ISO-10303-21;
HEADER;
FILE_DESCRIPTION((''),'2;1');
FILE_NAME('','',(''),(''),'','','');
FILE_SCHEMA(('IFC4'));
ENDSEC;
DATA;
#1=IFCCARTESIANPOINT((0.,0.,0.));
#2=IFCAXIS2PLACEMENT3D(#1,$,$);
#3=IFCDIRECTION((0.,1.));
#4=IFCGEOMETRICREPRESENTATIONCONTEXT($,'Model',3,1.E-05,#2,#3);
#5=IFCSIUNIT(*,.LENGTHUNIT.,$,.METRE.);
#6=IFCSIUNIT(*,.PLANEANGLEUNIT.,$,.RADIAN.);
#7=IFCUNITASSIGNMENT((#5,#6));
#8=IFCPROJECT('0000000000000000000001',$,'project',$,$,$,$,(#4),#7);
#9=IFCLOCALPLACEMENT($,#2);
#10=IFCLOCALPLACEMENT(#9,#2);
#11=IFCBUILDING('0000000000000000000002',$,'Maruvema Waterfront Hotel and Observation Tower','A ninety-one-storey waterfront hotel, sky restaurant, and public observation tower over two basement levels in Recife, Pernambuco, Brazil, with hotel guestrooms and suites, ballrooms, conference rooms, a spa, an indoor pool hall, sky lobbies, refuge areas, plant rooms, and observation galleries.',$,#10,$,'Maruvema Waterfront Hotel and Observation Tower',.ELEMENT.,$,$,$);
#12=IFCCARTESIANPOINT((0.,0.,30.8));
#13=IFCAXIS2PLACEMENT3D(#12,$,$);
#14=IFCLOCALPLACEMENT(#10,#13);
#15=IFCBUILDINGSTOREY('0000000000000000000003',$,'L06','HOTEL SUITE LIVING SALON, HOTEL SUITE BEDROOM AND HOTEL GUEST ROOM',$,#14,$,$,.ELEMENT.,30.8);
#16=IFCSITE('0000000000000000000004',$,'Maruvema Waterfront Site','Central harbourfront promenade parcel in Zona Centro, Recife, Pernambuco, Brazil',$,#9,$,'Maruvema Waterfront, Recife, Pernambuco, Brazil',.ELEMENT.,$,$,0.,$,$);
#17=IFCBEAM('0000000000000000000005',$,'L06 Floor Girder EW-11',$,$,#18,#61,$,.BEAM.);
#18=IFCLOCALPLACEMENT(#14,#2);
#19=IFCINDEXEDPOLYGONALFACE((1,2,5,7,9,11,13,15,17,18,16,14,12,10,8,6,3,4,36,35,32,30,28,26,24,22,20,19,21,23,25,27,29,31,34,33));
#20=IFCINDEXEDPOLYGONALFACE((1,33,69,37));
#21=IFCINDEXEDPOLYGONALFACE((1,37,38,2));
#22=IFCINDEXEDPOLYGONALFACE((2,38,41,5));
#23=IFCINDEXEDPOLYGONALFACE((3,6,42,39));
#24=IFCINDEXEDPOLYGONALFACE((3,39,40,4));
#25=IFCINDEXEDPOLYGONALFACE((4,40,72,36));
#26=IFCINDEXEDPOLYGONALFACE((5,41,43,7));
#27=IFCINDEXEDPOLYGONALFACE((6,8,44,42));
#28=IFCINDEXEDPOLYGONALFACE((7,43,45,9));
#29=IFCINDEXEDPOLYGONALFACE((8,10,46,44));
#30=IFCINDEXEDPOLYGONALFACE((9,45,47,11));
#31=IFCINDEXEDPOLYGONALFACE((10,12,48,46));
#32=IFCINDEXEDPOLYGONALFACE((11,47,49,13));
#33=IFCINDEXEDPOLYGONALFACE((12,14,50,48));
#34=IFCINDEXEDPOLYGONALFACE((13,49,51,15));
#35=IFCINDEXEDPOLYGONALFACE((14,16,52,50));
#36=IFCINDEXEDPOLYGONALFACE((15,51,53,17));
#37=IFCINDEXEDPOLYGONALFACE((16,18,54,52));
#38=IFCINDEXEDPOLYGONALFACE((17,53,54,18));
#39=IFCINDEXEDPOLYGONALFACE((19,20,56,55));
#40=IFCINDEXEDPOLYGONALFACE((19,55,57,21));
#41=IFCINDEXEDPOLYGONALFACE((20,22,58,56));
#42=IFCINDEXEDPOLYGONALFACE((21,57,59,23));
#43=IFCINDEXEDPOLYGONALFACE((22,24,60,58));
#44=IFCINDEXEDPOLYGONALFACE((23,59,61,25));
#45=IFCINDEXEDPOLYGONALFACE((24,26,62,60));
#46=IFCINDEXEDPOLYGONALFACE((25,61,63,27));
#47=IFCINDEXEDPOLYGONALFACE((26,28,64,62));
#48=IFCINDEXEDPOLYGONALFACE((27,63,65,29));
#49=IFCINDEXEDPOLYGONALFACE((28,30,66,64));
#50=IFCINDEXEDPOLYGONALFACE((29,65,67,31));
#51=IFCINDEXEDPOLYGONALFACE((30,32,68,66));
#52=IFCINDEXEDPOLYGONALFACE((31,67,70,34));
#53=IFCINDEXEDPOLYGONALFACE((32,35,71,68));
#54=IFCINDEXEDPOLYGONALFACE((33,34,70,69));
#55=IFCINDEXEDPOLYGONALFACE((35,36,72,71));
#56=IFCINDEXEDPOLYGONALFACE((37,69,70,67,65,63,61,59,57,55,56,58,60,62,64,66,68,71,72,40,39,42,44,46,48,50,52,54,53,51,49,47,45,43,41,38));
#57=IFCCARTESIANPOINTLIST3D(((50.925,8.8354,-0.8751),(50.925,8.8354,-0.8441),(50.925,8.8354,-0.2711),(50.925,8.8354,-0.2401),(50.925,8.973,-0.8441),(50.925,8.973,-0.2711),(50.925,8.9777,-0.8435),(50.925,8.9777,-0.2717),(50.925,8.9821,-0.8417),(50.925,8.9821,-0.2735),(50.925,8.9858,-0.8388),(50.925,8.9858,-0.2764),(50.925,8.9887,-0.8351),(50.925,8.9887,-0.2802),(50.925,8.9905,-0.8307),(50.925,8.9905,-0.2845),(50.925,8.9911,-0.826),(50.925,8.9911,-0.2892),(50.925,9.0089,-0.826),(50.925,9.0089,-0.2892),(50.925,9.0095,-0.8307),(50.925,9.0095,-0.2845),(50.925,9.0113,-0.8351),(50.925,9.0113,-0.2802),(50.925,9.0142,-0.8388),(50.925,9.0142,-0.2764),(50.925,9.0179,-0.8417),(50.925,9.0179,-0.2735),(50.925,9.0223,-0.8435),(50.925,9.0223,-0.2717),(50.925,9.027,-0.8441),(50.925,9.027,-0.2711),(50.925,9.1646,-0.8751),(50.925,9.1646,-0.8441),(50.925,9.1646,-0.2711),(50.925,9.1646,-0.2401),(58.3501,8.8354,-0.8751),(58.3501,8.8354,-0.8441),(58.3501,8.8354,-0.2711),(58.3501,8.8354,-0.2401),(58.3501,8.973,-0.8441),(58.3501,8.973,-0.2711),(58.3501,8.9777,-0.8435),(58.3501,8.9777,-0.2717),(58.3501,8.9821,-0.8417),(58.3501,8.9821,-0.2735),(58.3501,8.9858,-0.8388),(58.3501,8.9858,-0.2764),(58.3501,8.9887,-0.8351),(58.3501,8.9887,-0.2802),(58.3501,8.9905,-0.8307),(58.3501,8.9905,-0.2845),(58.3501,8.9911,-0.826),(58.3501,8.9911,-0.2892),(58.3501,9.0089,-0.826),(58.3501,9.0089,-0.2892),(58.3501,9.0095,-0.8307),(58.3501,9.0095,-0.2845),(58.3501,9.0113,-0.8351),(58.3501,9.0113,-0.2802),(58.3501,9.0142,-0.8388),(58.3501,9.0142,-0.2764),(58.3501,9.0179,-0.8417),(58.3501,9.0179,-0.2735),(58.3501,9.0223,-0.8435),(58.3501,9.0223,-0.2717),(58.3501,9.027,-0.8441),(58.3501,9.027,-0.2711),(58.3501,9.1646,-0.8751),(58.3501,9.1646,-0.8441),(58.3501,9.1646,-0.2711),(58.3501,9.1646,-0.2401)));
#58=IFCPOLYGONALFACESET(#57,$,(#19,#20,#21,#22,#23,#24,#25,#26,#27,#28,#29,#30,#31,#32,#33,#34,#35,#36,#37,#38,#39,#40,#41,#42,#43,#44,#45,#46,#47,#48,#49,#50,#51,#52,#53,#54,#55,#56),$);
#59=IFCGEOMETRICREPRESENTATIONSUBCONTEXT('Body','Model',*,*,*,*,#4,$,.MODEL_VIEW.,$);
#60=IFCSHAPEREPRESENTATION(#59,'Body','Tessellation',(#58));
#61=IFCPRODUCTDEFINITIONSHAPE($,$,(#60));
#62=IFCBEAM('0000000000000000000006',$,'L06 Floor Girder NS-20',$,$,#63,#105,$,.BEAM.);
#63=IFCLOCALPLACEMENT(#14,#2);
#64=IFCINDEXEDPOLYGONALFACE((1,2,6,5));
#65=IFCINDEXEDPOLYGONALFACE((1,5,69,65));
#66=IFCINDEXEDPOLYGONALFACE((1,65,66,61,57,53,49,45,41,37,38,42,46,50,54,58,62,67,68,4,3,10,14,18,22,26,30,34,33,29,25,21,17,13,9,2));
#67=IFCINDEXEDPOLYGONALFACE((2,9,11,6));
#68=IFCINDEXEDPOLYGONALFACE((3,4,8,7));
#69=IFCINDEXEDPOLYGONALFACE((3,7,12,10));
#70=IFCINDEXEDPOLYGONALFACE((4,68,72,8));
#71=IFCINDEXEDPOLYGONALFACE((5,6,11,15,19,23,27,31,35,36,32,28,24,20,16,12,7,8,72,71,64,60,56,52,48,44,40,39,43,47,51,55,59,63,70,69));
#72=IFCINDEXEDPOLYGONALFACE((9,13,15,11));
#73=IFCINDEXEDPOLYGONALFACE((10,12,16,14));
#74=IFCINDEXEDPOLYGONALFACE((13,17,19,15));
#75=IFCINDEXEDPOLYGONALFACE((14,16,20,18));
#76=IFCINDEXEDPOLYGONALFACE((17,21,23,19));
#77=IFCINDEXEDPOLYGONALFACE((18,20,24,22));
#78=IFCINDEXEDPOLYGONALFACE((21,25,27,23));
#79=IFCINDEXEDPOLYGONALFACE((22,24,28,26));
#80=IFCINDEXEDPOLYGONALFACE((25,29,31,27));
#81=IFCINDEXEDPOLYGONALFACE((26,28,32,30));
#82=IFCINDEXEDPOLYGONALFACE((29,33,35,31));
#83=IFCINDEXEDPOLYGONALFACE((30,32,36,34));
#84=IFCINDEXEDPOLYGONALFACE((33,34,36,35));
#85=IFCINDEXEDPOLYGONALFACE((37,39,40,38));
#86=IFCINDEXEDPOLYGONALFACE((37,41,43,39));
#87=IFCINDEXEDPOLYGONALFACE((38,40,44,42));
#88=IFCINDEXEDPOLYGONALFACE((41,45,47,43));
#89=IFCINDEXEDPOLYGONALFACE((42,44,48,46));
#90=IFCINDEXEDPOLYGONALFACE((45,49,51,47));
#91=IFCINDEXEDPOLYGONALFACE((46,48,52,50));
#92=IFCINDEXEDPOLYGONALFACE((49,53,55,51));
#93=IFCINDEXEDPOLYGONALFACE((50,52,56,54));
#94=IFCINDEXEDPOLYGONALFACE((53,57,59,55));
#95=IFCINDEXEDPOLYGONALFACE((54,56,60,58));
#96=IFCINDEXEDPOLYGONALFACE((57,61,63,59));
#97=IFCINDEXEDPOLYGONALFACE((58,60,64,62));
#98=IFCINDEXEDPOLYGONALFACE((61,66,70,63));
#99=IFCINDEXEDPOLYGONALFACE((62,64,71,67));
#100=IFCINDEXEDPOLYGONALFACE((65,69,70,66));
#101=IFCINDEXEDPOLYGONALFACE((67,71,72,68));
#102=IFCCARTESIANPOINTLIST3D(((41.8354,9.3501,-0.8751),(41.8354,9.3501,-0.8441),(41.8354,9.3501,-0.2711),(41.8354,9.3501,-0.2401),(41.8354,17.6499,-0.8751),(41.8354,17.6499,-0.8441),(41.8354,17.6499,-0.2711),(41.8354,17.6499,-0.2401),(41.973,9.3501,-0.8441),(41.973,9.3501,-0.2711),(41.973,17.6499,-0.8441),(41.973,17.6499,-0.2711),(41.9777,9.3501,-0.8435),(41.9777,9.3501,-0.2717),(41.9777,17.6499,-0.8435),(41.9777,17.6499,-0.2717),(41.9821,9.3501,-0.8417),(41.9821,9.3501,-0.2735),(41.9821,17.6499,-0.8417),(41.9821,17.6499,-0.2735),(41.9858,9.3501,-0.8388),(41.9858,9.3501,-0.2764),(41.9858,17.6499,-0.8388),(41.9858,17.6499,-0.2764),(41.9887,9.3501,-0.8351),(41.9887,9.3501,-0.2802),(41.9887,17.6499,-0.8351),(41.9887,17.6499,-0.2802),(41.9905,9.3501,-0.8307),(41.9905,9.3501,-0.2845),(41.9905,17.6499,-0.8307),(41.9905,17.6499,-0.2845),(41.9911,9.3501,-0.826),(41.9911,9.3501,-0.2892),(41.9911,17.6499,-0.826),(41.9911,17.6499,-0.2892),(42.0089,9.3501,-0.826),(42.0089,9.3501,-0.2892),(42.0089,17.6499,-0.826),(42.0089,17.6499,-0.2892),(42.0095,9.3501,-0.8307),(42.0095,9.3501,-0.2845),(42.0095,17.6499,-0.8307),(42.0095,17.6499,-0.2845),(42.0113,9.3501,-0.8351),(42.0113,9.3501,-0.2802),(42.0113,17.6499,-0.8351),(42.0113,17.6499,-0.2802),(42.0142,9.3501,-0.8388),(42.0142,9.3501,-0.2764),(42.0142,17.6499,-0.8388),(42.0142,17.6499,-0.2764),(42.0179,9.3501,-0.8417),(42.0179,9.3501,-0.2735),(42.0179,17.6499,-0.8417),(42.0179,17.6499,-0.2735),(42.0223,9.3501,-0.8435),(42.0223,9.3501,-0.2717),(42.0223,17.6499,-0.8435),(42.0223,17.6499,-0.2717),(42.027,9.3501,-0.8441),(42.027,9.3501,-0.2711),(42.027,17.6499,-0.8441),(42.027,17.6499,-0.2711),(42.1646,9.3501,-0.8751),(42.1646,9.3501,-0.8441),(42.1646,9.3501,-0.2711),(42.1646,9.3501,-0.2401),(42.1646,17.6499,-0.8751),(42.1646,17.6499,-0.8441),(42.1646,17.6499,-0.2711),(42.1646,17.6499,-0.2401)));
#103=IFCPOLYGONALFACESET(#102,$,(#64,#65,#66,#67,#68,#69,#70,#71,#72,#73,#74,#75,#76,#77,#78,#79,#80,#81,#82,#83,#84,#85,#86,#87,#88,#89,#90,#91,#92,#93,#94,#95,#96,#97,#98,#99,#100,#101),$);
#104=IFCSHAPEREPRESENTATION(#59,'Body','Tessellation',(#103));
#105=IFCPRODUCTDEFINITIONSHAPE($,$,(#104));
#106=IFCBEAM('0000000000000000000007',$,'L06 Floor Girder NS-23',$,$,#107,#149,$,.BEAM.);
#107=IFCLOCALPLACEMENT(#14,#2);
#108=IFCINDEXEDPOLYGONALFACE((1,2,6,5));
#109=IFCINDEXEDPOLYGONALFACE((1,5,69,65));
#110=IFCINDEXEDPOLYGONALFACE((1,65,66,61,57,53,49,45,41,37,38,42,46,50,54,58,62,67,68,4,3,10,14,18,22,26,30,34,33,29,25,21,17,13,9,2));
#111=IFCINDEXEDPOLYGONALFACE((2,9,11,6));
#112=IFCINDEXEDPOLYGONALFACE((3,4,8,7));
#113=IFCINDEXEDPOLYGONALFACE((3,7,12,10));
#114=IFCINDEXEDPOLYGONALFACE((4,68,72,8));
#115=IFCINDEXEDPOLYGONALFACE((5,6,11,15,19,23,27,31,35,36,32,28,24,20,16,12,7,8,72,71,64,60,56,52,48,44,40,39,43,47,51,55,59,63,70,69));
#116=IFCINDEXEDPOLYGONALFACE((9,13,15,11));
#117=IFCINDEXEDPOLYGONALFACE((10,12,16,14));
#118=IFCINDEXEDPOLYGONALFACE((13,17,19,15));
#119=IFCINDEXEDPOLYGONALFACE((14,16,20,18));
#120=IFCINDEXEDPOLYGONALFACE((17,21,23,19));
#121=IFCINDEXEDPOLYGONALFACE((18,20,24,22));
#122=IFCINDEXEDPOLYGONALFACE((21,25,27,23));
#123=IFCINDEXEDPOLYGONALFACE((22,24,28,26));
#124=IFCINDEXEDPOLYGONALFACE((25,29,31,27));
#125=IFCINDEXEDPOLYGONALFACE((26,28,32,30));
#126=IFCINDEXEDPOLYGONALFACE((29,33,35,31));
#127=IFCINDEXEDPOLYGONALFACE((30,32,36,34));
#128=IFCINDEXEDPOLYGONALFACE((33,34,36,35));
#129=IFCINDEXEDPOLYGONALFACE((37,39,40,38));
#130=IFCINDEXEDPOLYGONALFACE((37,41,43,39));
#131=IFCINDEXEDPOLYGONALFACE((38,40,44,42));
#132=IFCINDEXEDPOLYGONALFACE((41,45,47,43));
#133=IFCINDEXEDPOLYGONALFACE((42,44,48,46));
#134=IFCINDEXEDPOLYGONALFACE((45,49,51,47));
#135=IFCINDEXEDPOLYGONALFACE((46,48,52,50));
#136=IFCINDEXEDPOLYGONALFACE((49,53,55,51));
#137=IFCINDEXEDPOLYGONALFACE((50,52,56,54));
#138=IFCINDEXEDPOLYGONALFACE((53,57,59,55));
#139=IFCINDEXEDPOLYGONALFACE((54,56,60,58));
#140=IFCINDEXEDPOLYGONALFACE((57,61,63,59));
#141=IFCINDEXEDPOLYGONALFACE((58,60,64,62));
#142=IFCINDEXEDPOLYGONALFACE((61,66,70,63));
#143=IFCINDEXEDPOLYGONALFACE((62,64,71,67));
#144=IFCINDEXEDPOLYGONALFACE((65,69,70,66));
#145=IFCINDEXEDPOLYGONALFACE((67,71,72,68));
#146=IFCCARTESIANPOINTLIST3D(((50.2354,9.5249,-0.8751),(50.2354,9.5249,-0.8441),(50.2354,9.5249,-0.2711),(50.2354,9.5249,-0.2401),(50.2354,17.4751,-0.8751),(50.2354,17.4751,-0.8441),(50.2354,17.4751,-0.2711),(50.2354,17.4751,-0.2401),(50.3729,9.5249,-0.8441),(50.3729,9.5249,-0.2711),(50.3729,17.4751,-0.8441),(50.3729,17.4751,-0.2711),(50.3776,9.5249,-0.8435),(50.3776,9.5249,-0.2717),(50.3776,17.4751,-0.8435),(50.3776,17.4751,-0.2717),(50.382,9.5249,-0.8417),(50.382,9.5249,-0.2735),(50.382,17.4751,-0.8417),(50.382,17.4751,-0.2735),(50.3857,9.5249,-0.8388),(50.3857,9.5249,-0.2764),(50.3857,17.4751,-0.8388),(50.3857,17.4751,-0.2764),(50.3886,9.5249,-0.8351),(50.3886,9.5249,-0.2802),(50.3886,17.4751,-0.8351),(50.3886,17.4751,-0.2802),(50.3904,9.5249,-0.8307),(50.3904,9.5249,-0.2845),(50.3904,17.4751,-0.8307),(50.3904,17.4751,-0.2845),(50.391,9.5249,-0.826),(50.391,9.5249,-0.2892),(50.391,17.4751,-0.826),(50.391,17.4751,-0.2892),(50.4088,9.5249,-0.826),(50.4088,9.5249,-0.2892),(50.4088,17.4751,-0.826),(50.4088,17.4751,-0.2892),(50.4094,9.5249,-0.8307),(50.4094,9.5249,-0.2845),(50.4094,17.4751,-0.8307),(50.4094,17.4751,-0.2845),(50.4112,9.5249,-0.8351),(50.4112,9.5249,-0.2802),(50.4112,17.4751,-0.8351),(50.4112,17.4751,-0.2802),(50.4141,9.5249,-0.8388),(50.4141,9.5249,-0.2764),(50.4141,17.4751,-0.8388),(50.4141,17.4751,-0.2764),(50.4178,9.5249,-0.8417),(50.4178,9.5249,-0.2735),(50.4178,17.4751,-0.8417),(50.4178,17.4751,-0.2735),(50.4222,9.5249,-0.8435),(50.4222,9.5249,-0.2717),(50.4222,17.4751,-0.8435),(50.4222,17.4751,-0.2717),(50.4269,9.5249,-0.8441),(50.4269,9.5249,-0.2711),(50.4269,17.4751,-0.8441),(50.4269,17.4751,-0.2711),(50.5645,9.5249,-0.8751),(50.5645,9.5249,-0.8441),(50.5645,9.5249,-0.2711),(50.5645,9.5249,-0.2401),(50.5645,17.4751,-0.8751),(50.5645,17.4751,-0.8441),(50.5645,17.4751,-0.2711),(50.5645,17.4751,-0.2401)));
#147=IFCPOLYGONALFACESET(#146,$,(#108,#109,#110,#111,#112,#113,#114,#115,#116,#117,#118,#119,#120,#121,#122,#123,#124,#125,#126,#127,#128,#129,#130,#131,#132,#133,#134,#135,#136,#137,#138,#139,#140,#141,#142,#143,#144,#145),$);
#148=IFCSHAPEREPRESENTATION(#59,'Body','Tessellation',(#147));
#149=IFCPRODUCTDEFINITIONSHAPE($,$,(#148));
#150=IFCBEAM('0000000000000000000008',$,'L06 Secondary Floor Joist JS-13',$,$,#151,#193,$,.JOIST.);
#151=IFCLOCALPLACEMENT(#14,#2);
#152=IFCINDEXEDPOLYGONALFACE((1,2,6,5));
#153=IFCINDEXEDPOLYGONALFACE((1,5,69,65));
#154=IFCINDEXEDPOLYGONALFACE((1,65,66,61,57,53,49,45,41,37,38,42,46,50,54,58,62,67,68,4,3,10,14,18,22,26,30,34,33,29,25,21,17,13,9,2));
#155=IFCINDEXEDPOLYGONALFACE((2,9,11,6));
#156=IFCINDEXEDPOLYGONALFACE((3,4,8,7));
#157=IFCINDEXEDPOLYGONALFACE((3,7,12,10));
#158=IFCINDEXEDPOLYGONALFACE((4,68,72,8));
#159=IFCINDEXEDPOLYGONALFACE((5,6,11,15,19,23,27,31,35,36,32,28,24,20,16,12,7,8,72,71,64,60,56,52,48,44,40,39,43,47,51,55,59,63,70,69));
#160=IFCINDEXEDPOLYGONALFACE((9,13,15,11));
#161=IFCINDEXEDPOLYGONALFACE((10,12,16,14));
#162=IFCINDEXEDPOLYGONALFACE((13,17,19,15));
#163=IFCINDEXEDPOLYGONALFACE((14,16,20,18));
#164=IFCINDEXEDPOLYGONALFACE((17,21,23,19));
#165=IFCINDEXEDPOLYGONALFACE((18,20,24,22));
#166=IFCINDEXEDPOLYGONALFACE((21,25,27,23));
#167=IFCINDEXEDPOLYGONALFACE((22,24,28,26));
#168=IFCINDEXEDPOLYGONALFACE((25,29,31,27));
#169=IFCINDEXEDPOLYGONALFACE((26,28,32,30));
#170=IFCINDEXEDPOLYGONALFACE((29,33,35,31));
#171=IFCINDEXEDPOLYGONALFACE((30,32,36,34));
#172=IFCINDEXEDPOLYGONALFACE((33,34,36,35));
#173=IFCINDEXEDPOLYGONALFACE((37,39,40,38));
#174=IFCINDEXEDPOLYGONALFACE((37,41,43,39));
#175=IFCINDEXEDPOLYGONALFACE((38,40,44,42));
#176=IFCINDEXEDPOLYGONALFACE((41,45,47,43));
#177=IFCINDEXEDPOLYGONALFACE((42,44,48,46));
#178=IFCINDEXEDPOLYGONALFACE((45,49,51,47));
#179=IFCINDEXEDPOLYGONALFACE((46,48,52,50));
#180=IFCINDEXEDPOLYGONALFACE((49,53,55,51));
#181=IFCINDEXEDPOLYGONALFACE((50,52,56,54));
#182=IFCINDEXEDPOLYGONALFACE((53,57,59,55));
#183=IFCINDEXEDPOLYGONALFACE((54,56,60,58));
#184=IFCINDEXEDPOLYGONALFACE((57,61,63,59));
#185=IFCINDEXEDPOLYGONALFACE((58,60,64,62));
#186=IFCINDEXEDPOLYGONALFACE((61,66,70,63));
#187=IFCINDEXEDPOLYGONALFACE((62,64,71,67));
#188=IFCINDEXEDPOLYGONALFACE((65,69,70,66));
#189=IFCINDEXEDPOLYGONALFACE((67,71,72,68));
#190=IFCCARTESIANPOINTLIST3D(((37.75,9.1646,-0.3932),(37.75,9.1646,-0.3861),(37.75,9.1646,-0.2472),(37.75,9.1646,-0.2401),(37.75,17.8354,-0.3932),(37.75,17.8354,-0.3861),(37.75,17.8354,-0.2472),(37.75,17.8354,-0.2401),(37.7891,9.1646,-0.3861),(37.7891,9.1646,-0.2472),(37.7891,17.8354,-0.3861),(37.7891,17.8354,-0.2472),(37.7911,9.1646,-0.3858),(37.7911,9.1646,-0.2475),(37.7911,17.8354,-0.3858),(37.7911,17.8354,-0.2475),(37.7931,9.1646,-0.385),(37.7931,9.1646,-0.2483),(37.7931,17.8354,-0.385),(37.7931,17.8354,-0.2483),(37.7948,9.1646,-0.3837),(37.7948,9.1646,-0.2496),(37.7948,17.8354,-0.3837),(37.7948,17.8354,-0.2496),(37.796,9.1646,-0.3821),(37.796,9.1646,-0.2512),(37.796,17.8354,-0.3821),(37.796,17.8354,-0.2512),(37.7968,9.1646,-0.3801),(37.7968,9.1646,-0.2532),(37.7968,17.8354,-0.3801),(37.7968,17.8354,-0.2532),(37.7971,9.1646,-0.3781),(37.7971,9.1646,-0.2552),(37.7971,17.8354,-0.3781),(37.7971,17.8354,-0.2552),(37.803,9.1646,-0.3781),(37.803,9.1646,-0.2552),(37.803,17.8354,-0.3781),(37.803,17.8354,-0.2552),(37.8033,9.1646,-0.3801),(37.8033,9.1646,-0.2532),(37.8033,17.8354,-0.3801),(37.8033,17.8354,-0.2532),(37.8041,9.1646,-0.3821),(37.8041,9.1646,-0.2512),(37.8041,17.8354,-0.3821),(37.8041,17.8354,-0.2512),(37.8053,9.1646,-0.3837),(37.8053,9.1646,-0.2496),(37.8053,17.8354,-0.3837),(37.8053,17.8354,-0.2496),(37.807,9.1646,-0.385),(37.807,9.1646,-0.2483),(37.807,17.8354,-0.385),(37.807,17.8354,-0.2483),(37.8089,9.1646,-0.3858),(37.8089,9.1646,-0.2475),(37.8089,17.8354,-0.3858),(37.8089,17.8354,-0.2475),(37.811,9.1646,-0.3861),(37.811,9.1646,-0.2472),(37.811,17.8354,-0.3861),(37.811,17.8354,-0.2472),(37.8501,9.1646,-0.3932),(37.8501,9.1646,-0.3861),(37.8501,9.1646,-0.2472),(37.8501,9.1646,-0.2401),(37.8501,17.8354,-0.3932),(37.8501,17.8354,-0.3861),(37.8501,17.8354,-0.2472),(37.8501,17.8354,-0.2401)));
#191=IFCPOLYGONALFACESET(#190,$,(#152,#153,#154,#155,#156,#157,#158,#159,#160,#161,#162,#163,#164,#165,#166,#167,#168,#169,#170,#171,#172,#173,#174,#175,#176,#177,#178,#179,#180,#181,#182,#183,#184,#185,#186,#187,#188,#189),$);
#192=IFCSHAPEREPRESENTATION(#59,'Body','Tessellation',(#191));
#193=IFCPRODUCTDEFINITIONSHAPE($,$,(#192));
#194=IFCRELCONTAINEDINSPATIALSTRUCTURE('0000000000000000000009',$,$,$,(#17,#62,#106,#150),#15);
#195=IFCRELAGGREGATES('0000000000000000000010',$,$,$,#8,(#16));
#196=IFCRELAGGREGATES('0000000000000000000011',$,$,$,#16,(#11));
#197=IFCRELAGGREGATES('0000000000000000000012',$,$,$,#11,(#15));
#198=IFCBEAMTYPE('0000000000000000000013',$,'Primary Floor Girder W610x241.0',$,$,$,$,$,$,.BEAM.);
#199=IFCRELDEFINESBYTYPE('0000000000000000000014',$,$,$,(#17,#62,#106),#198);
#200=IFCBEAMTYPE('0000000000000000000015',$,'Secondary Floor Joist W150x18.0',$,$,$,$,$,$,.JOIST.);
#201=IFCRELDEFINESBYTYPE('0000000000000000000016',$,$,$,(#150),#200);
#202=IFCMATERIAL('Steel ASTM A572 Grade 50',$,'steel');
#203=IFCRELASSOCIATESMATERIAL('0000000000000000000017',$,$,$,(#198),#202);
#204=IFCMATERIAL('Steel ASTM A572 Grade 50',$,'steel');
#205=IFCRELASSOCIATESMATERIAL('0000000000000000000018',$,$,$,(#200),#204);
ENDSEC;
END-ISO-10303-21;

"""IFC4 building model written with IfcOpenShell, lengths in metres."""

from ifc_helpers import new_model, si_unit, direction, frame, origin, origin_2d, place, context, subcontext, project, spatial, i_section, extrude, material, material_profile, profile_set, type_object, element, save


model = new_model("IFC4")

# Units and contexts
model_context = context("Model", 3, precision=1e-05, world=origin(), true_north=direction((0.0, 1.0)))
body_context = subcontext(model_context, "Body", "Model", "MODEL_VIEW")
ifc_project = project(units=[si_unit("LENGTHUNIT", "METRE"), si_unit("PLANEANGLEUNIT", "RADIAN")], contexts=[model_context])

# Site, building, storey
site_placement = place(None, origin())
site = spatial("IfcSite", under=ifc_project, at=site_placement, Name="Maruvema Waterfront Site", Description="Central harbourfront promenade parcel in Zona Centro, Recife, Pernambuco, Brazil", LongName="Maruvema Waterfront, Recife, Pernambuco, Brazil", CompositionType="ELEMENT", RefElevation=0.0)
building_placement = place(site_placement, origin())
building = spatial("IfcBuilding", under=site, at=building_placement, Name="Maruvema Waterfront Hotel and Observation Tower", Description="A ninety-one-storey waterfront hotel, sky restaurant, and public observation tower over two basement levels in Recife, Pernambuco, Brazil, with hotel guestrooms and suites, ballrooms, conference rooms, a spa, an indoor pool hall, sky lobbies, refuge areas, plant rooms, and observation galleries.", LongName="Maruvema Waterfront Hotel and Observation Tower", CompositionType="ELEMENT")
storey_placement = place(building_placement, frame((0.0, 0.0, 30.8)))
storey = spatial("IfcBuildingStorey", under=building, at=storey_placement, Name="L06", Description="HOTEL SUITE LIVING SALON, HOTEL SUITE BEDROOM AND HOTEL GUEST ROOM", CompositionType="ELEMENT", Elevation=30.8)

# Beams
ifc_material_1 = material(Name="Steel ASTM A572 Grade 50", Category="steel")
ifc_material_profile_1 = material_profile(ifc_material_1, i_section(OverallWidth=0.3291, OverallDepth=0.635, WebThickness=0.0178, FlangeThickness=0.031, FilletRadius=0.0181, at=origin_2d()), Name="W610x241.0")
ifc_profile_set_1 = profile_set([ifc_material_profile_1], Name="Steel ASTM A572 Grade 50")
beam_type_1 = type_object("IfcBeamType", Name="Primary Floor Girder W610x241.0", PredefinedType="BEAM", material=ifc_profile_set_1)
beam_1_placement = place(storey_placement, frame((50.925, 9.0, -0.5576), z_axis=(1.0, 0.0, 0.0), x_axis=(0.0, 1.0, 0.0)))
element("IfcBeam", 1, at=beam_1_placement, inside=storey, type_object=beam_type_1, Name="L06 Floor Girder EW-11", PredefinedType="BEAM", context=body_context, shape_type="SweptSolid", body=[
    extrude(i_section(OverallWidth=0.3291, OverallDepth=0.635, WebThickness=0.0178, FlangeThickness=0.031, FilletRadius=0.0181, at=origin_2d()), origin(), (0.0, 0.0, 1.0), 7.425),
])
beam_2_placement = place(storey_placement, frame((42.0, 9.3501, -0.5576), z_axis=(0.0, 1.0, 0.0), x_axis=(-1.0, 0.0, 0.0)))
element("IfcBeam", 2, at=beam_2_placement, inside=storey, type_object=beam_type_1, Name="L06 Floor Girder NS-20", PredefinedType="BEAM", context=body_context, shape_type="SweptSolid", body=[
    extrude(i_section(OverallWidth=0.3291, OverallDepth=0.635, WebThickness=0.0178, FlangeThickness=0.031, FilletRadius=0.0181, at=origin_2d()), origin(), (0.0, 0.0, 1.0), 8.2998),
])
beam_3_placement = place(storey_placement, frame((50.3999, 9.5249, -0.5576), z_axis=(0.0, 1.0, 0.0), x_axis=(-1.0, 0.0, 0.0)))
element("IfcBeam", 3, at=beam_3_placement, inside=storey, type_object=beam_type_1, Name="L06 Floor Girder NS-23", PredefinedType="BEAM", context=body_context, shape_type="SweptSolid", body=[
    extrude(i_section(OverallWidth=0.3291, OverallDepth=0.635, WebThickness=0.0178, FlangeThickness=0.031, FilletRadius=0.0181, at=origin_2d()), origin(), (0.0, 0.0, 1.0), 7.9502),
])
ifc_material_2 = material(Name="Steel ASTM A572 Grade 50", Category="steel")
ifc_material_profile_2 = material_profile(ifc_material_2, i_section(OverallWidth=0.1001, OverallDepth=0.1531, WebThickness=0.0059, FlangeThickness=0.0071, FilletRadius=0.0081, at=origin_2d()), Name="W150x18.0")
ifc_profile_set_2 = profile_set([ifc_material_profile_2], Name="Steel ASTM A572 Grade 50")
beam_type_2 = type_object("IfcBeamType", Name="Secondary Floor Joist W150x18.0", PredefinedType="JOIST", material=ifc_profile_set_2)
beam_4_placement = place(storey_placement, frame((37.8, 9.1646, -0.3167), z_axis=(0.0, 1.0, 0.0), x_axis=(-1.0, 0.0, 0.0)))
element("IfcBeam", 4, at=beam_4_placement, inside=storey, type_object=beam_type_2, Name="L06 Secondary Floor Joist JS-13", PredefinedType="JOIST", context=body_context, shape_type="SweptSolid", body=[
    extrude(i_section(OverallWidth=0.1001, OverallDepth=0.1531, WebThickness=0.0059, FlangeThickness=0.0071, FilletRadius=0.0081, at=origin_2d()), origin(), (0.0, 0.0, 1.0), 8.6709),
])

save(model, "model.ifc")
